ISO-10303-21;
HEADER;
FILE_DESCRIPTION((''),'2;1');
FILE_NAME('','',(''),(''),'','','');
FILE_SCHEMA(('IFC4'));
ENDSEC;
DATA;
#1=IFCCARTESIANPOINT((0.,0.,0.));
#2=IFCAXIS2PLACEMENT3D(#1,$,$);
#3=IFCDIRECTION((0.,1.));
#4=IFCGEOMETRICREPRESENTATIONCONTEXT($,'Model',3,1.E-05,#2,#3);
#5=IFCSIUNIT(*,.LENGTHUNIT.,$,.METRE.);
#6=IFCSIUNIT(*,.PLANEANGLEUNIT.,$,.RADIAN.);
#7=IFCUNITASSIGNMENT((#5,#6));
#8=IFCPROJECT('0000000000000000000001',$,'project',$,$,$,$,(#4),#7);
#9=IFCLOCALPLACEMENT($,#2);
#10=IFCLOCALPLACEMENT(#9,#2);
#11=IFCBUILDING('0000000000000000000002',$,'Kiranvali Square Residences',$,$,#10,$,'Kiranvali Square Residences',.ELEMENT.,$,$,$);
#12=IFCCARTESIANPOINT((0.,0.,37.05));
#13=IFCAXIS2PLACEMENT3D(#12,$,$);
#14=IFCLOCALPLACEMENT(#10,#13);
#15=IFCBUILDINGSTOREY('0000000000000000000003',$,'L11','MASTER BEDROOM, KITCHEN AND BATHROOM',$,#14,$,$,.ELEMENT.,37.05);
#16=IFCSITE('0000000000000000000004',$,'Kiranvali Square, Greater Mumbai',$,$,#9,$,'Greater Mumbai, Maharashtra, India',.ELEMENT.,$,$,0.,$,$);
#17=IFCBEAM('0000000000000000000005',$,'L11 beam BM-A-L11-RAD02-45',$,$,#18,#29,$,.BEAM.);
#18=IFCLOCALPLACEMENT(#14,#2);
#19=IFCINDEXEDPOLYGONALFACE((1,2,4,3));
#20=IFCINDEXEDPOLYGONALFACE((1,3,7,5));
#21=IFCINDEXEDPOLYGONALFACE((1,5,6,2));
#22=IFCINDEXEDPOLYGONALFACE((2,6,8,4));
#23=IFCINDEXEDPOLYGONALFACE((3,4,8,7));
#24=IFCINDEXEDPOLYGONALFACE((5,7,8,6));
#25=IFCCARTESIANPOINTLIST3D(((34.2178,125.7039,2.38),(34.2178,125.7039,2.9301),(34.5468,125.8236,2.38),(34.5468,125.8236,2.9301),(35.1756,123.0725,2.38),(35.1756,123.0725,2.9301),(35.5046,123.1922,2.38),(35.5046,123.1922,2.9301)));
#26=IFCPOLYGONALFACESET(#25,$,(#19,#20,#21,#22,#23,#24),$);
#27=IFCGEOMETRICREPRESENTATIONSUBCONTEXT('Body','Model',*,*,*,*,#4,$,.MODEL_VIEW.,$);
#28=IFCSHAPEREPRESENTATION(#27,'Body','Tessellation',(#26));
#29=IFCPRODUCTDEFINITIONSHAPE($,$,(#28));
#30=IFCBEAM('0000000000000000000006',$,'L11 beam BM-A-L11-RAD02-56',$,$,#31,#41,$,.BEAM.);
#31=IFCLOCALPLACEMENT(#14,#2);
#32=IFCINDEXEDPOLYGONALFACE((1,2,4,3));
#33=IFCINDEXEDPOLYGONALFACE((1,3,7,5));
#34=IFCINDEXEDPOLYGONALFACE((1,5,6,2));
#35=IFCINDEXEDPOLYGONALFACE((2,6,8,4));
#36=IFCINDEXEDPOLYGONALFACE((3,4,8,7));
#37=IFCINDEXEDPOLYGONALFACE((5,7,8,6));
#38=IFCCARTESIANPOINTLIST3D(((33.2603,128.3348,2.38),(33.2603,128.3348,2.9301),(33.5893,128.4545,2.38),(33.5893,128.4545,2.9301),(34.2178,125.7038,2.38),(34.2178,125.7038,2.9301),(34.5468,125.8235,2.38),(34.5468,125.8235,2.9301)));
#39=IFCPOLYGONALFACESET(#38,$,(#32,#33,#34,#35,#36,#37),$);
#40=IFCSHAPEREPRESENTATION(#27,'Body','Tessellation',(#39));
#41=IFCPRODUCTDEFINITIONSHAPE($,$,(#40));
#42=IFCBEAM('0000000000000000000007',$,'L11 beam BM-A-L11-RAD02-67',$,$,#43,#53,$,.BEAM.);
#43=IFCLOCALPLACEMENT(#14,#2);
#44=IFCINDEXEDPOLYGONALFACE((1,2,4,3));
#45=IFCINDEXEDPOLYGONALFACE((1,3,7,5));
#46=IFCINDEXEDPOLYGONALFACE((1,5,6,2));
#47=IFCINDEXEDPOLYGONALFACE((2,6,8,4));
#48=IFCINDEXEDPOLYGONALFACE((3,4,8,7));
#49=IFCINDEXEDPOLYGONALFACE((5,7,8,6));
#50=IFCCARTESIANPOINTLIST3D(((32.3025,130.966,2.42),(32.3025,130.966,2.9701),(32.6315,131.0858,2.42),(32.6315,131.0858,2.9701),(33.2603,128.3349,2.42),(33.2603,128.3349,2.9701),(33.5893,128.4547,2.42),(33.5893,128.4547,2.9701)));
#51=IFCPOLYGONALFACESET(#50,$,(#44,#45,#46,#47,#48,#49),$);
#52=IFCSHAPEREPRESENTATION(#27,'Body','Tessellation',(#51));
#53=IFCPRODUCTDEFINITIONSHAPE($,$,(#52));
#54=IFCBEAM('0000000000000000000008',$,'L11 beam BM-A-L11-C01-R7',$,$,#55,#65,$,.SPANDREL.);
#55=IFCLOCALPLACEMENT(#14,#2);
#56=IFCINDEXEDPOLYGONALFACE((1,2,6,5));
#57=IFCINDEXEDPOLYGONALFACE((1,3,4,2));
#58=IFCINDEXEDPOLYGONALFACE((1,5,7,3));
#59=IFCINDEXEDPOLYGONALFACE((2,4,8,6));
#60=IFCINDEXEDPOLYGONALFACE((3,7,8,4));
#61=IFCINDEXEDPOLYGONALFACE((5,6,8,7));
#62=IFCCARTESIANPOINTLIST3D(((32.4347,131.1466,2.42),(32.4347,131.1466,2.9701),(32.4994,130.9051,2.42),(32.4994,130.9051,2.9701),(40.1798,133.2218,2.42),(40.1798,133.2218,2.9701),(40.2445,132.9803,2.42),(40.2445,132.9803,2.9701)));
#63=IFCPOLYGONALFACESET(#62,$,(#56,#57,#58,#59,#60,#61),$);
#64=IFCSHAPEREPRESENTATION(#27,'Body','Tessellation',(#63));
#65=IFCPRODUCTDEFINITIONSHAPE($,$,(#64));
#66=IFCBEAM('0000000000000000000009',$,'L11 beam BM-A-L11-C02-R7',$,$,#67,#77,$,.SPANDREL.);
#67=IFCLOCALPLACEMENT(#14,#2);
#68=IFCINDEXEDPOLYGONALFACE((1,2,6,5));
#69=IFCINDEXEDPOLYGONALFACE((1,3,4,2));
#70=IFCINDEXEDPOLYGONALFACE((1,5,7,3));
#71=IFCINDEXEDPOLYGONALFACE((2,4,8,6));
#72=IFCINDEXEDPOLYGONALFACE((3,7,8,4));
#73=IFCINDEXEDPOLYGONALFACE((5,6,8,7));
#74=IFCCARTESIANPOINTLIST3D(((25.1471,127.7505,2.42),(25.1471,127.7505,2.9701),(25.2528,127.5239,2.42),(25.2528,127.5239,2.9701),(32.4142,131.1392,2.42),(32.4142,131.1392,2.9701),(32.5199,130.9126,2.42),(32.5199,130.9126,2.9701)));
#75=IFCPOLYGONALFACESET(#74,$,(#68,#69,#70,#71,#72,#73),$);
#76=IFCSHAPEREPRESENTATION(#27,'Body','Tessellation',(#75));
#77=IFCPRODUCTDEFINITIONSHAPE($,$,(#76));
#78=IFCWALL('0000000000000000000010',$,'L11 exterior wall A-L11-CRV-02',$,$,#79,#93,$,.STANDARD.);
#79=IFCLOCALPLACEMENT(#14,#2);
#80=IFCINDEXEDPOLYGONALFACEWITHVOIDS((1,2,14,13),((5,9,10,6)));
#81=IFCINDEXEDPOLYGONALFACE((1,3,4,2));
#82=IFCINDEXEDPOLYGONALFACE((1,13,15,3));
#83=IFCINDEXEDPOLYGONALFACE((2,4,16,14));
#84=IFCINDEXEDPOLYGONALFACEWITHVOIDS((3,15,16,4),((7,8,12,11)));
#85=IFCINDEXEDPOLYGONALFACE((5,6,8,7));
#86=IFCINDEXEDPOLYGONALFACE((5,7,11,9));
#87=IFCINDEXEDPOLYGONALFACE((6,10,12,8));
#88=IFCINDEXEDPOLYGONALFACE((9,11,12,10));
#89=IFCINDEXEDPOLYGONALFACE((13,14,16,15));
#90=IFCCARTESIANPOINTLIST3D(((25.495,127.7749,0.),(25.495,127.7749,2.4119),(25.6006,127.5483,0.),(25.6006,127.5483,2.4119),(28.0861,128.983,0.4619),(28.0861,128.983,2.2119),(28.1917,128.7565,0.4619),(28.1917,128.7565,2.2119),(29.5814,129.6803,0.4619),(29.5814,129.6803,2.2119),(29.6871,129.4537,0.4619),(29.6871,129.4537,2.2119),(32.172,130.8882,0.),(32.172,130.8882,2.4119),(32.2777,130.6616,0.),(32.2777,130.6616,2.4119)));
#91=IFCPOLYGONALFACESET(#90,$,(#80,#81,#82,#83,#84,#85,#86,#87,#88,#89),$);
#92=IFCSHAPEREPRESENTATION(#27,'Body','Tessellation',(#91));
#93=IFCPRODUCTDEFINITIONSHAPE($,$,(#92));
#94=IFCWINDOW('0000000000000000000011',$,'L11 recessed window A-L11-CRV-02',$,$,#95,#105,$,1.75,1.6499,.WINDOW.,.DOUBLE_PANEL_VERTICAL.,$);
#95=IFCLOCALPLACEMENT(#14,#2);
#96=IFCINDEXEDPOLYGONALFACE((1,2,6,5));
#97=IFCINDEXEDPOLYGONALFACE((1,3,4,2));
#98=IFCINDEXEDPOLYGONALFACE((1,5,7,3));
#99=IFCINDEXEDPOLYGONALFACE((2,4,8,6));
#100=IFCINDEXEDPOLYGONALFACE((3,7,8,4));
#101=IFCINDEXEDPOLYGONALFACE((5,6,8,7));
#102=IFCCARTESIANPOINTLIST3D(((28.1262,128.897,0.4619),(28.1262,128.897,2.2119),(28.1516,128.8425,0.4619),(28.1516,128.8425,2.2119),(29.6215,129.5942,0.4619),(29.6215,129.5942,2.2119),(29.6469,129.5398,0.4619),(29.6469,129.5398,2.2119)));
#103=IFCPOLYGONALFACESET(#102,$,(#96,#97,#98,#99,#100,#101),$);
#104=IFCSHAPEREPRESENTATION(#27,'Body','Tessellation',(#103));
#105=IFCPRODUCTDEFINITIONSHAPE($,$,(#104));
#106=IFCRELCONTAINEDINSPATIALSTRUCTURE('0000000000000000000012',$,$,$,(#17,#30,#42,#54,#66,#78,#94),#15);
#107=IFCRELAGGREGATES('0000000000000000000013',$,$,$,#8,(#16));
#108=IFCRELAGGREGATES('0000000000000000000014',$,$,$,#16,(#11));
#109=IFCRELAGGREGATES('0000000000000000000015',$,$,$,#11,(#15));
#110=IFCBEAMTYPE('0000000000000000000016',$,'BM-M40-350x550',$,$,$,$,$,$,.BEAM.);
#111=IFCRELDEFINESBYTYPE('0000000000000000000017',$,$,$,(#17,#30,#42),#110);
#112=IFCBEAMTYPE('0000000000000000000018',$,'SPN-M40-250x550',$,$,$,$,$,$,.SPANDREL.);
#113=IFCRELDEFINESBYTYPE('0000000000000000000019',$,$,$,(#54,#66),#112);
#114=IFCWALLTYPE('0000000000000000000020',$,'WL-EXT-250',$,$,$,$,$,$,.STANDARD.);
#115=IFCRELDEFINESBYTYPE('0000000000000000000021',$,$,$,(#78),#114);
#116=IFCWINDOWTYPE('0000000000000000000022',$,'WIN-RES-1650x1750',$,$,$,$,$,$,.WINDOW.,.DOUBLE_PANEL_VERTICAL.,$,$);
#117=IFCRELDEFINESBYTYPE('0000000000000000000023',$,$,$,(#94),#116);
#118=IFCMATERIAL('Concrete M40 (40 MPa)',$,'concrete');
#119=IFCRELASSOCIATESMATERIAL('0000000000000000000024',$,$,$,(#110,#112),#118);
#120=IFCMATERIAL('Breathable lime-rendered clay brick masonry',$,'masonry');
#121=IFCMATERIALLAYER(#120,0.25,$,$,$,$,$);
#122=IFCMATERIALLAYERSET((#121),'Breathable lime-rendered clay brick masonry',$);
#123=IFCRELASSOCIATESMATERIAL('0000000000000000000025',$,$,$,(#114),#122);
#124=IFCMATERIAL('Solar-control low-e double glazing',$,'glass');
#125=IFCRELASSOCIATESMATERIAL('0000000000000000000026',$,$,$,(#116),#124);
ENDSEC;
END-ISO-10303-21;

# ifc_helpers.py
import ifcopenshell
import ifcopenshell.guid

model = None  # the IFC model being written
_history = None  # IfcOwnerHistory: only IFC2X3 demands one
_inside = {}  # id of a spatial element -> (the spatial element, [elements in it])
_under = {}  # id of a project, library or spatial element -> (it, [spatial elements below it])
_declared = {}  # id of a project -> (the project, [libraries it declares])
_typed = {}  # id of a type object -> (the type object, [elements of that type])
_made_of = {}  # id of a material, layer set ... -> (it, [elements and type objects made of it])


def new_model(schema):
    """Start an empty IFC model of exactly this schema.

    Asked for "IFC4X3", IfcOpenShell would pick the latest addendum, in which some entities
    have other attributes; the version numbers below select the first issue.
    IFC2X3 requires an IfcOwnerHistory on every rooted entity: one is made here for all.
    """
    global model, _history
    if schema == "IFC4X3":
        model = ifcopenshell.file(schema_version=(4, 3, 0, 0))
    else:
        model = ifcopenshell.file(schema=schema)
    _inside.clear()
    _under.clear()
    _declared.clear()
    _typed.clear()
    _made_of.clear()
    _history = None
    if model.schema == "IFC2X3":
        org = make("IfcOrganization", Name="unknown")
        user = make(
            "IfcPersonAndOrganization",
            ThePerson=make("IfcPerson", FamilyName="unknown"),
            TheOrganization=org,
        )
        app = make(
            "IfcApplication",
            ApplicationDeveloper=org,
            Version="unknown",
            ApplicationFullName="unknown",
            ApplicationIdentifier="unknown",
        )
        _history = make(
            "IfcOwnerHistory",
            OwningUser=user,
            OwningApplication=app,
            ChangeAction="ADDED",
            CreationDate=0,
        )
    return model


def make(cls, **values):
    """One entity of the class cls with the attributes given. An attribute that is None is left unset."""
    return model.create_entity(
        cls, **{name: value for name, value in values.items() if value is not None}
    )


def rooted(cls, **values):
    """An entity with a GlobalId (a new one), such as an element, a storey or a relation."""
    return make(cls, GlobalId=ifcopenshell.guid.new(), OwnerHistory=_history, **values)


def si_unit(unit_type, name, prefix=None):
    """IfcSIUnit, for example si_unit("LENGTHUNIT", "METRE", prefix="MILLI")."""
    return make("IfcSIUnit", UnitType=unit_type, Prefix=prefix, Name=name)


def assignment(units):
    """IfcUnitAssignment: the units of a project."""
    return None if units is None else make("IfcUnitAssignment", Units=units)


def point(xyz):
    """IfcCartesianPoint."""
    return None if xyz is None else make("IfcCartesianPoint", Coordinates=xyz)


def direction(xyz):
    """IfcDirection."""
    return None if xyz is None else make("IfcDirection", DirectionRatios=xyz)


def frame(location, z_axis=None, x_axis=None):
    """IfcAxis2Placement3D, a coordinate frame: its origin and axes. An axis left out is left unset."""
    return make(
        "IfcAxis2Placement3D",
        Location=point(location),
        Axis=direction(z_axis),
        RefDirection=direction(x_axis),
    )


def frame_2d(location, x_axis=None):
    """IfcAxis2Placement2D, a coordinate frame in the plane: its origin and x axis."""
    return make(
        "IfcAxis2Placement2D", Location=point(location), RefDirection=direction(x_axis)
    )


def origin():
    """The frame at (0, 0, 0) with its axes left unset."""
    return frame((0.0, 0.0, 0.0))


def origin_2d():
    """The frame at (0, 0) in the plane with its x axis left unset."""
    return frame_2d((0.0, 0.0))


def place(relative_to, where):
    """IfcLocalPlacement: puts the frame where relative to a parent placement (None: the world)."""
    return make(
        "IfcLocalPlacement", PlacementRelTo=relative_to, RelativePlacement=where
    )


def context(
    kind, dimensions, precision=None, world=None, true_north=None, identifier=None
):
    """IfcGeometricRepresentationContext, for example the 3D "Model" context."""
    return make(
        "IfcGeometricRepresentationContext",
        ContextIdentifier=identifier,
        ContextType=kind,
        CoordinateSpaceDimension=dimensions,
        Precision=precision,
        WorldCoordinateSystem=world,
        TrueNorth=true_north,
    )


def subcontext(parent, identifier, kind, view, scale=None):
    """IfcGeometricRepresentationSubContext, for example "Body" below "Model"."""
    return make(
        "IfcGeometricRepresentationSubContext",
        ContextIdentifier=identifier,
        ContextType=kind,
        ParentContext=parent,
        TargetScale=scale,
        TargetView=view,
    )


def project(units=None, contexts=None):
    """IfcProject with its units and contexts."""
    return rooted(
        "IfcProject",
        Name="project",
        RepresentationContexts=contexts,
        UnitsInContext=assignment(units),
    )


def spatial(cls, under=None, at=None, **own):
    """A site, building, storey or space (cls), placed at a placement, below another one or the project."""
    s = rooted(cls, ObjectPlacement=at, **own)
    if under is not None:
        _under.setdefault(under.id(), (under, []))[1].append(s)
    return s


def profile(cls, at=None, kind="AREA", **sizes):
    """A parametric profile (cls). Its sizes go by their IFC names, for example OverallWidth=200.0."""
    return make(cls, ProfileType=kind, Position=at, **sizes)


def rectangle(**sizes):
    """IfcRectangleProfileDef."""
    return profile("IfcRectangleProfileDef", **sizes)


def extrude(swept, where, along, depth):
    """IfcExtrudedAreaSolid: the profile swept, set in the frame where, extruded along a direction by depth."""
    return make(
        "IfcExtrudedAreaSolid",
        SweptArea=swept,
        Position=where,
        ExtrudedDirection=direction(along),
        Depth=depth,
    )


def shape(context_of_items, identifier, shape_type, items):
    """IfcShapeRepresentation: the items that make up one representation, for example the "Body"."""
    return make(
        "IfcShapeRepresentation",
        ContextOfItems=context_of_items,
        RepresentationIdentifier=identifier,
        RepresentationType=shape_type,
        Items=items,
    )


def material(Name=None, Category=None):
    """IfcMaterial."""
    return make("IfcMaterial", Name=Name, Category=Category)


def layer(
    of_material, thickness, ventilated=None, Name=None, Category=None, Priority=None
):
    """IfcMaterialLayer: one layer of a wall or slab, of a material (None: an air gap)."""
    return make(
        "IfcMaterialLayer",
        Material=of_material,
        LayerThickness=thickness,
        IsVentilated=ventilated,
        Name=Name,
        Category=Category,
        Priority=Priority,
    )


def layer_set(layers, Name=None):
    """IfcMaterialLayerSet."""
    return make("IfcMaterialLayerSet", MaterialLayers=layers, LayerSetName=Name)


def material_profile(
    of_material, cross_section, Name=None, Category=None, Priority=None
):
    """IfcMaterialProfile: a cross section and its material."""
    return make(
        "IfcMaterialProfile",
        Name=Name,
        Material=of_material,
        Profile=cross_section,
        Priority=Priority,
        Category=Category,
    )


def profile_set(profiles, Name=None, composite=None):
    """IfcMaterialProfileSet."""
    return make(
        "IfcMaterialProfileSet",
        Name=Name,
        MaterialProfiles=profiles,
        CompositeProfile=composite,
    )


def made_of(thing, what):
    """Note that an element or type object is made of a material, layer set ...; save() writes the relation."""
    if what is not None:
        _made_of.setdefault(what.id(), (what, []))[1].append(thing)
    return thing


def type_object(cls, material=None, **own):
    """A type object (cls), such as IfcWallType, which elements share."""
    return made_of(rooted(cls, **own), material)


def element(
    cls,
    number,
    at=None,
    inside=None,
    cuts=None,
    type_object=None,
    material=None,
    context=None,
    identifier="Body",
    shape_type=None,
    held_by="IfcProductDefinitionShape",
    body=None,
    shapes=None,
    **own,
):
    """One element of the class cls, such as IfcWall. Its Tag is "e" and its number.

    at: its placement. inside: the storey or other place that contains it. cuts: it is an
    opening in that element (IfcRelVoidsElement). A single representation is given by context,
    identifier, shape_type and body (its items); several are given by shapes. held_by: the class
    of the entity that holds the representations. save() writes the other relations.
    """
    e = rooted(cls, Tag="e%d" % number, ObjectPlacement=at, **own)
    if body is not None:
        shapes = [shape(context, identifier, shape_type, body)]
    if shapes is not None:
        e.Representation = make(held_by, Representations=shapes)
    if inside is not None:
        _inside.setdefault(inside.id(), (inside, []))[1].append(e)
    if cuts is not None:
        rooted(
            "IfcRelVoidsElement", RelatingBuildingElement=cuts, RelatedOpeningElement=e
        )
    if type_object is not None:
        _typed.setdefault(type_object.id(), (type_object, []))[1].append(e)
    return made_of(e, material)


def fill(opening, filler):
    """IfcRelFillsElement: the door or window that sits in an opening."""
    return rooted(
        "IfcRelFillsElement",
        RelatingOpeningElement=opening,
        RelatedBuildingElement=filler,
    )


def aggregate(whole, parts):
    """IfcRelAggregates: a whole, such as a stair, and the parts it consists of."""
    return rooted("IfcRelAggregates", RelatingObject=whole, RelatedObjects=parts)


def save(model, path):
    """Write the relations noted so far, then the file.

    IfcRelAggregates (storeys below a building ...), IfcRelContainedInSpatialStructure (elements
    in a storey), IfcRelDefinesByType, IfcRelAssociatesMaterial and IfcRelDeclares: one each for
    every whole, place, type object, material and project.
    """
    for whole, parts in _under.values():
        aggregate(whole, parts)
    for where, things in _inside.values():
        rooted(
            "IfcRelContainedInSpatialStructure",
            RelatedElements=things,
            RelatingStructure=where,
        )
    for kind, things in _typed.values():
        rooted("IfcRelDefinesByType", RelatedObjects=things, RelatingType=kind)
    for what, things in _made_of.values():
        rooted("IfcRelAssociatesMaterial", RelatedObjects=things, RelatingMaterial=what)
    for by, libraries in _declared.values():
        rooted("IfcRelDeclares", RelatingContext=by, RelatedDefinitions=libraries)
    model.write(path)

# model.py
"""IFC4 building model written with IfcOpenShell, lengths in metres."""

from ifc_helpers import new_model, si_unit, direction, frame, frame_2d, origin, origin_2d, place, context, subcontext, project, spatial, rectangle, extrude, material, layer, layer_set, material_profile, profile_set, type_object, element, fill, save


model = new_model("IFC4")

# Units and contexts
model_context = context("Model", 3, precision=1e-05, world=origin(), true_north=direction((0.0, 1.0)))
body_context = subcontext(model_context, "Body", "Model", "MODEL_VIEW")
ifc_project = project(units=[si_unit("LENGTHUNIT", "METRE"), si_unit("PLANEANGLEUNIT", "RADIAN")], contexts=[model_context])

# Site, building, storey
site_placement = place(None, origin())
site = spatial("IfcSite", under=ifc_project, at=site_placement, Name="Kiranvali Square, Greater Mumbai", LongName="Greater Mumbai, Maharashtra, India", CompositionType="ELEMENT", RefElevation=0.0)
building_placement = place(site_placement, origin())
building = spatial("IfcBuilding", under=site, at=building_placement, Name="Kiranvali Square Residences", LongName="Kiranvali Square Residences", CompositionType="ELEMENT")
storey_placement = place(building_placement, frame((0.0, 0.0, 37.05)))
storey = spatial("IfcBuildingStorey", under=building, at=storey_placement, Name="L11", Description="MASTER BEDROOM, KITCHEN AND BATHROOM", CompositionType="ELEMENT", Elevation=37.05)

# Shared definitions
ifc_material_1 = material(Name="Concrete M40 (40 MPa)", Category="concrete")

# Beams
ifc_material_profile_1 = material_profile(ifc_material_1, rectangle(XDim=0.3501, YDim=0.55, at=origin_2d()), Name="RC 350x550")
ifc_profile_set_1 = profile_set([ifc_material_profile_1], Name="Concrete M40 (40 MPa)")
beam_type_1 = type_object("IfcBeamType", Name="BM-M40-350x550", PredefinedType="BEAM", material=ifc_profile_set_1)
beam_1_placement = place(storey_placement, frame((35.3401, 123.1323, 2.655), z_axis=(-0.34203, 0.939689, 0.0), x_axis=(-0.939689, -0.34203, 0.0)))
element("IfcBeam", 1, at=beam_1_placement, inside=storey, type_object=beam_type_1, Name="L11 beam BM-A-L11-RAD02-45", PredefinedType="BEAM", context=body_context, shape_type="SweptSolid", body=[
    extrude(rectangle(XDim=0.3501, YDim=0.55, at=origin_2d()), origin(), (0.0, 0.0, 1.0), 2.8003),
])
beam_2_placement = place(storey_placement, frame((34.3823, 125.7637, 2.655), z_axis=(-0.341981, 0.939707, 0.0), x_axis=(-0.939707, -0.341981, 0.0)))
element("IfcBeam", 2, at=beam_2_placement, inside=storey, type_object=beam_type_1, Name="L11 beam BM-A-L11-RAD02-56", PredefinedType="BEAM", context=body_context, shape_type="SweptSolid", body=[
    extrude(rectangle(XDim=0.3501, YDim=0.55, at=origin_2d()), origin(), (0.0, 0.0, 1.0), 2.7998),
])
beam_3_placement = place(storey_placement, frame((33.4248, 128.3948, 2.6951), z_axis=(-0.342058, 0.939679, 0.0), x_axis=(-0.939679, -0.342058, 0.0)))
element("IfcBeam", 3, at=beam_3_placement, inside=storey, type_object=beam_type_1, Name="L11 beam BM-A-L11-RAD02-67", PredefinedType="BEAM", context=body_context, shape_type="SweptSolid", body=[
    extrude(rectangle(XDim=0.3501, YDim=0.55, at=origin_2d()), origin(), (0.0, 0.0, 1.0), 2.8),
])
ifc_material_profile_2 = material_profile(ifc_material_1, rectangle(XDim=0.25, YDim=0.55, at=origin_2d()), Name="RC 250x550")
ifc_profile_set_2 = profile_set([ifc_material_profile_2], Name="Concrete M40 (40 MPa)")
beam_type_2 = type_object("IfcBeamType", Name="SPN-M40-250x550", PredefinedType="SPANDREL", material=ifc_profile_set_2)
for number, where, z_axis, x_axis, name in (
    (4, (40.2122, 133.1011, 2.6951), (-0.965929, -0.258807, 0.0), (0.258807, -0.965929, 0.0), "L11 beam BM-A-L11-C01-R7"),
    (5, (32.467, 131.0259, 2.6951), (-0.906309, -0.422615, 0.0), (0.422615, -0.906309, 0.0), "L11 beam BM-A-L11-C02-R7"),
):
    element("IfcBeam", number, at=place(storey_placement, frame(where, z_axis=z_axis, x_axis=x_axis)), inside=storey, type_object=beam_type_2, Name=name, PredefinedType="SPANDREL", context=body_context, shape_type="SweptSolid", body=[
        extrude(rectangle(XDim=0.25, YDim=0.55, at=origin_2d()), origin(), (0.0, 0.0, 1.0), 8.0183),
    ])

# Shared definitions
ifc_material_2 = material(Name="Breathable lime-rendered clay brick masonry", Category="masonry")
ifc_layer = layer(ifc_material_2, 0.25)
ifc_layer_set = layer_set([ifc_layer], Name="Breathable lime-rendered clay brick masonry")
wall_type = type_object("IfcWallType", Name="WL-EXT-250", PredefinedType="STANDARD", material=ifc_layer_set)
ifc_material_3 = material(Name="Solar-control low-e double glazing", Category="glass")

# Wall, opening, window
wall_1_placement = place(storey_placement, frame((32.2249, 130.7749, 0.0), z_axis=(0.0, 0.0, 1.0), x_axis=(-0.906321, -0.42259, 0.0)))
wall_1 = element("IfcWall", 6, at=wall_1_placement, inside=storey, type_object=wall_type, Name="L11 exterior wall A-L11-CRV-02", PredefinedType="STANDARD", context=body_context, shape_type="SweptSolid", body=[
    extrude(rectangle(XDim=7.3672, YDim=0.25, at=frame_2d((3.6836, 0.0))), origin(), (0.0, 0.0, 1.0), 2.4119),
])
opening_1_placement = place(wall_1_placement, frame((2.8584, 0.0, 0.4619)))
opening_1 = element("IfcOpeningElement", 7, at=opening_1_placement, cuts=wall_1, PredefinedType="OPENING", context=body_context, shape_type="SweptSolid", body=[
    extrude(rectangle(XDim=1.6499, YDim=1.75, at=frame_2d((0.825, 0.875))), frame((0.0, 0.135, 0.0), z_axis=(0.0, -1.0, 0.0), x_axis=(1.0, 0.0, 0.0)), (0.0, 0.0, 1.0), 0.27),
])
window_type_1 = type_object("IfcWindowType", Name="WIN-RES-1650x1750", PartitioningType="DOUBLE_PANEL_VERTICAL", PredefinedType="WINDOW", material=ifc_material_3)
window_1_placement = place(opening_1_placement, origin())
window_1 = element("IfcWindow", 8, at=window_1_placement, inside=storey, type_object=window_type_1, Name="L11 recessed window A-L11-CRV-02", OverallHeight=1.75, OverallWidth=1.6499, PartitioningType="DOUBLE_PANEL_VERTICAL", PredefinedType="WINDOW", context=body_context, shape_type="SweptSolid", body=[
    extrude(rectangle(XDim=1.6499, YDim=1.75, at=frame_2d((0.825, 0.875))), frame((0.0, 0.03, 0.0), z_axis=(0.0, -1.0, 0.0), x_axis=(1.0, 0.0, 0.0)), (0.0, 0.0, 1.0), 0.0601),
])
fill(opening_1, window_1)

save(model, "model.ifc")
